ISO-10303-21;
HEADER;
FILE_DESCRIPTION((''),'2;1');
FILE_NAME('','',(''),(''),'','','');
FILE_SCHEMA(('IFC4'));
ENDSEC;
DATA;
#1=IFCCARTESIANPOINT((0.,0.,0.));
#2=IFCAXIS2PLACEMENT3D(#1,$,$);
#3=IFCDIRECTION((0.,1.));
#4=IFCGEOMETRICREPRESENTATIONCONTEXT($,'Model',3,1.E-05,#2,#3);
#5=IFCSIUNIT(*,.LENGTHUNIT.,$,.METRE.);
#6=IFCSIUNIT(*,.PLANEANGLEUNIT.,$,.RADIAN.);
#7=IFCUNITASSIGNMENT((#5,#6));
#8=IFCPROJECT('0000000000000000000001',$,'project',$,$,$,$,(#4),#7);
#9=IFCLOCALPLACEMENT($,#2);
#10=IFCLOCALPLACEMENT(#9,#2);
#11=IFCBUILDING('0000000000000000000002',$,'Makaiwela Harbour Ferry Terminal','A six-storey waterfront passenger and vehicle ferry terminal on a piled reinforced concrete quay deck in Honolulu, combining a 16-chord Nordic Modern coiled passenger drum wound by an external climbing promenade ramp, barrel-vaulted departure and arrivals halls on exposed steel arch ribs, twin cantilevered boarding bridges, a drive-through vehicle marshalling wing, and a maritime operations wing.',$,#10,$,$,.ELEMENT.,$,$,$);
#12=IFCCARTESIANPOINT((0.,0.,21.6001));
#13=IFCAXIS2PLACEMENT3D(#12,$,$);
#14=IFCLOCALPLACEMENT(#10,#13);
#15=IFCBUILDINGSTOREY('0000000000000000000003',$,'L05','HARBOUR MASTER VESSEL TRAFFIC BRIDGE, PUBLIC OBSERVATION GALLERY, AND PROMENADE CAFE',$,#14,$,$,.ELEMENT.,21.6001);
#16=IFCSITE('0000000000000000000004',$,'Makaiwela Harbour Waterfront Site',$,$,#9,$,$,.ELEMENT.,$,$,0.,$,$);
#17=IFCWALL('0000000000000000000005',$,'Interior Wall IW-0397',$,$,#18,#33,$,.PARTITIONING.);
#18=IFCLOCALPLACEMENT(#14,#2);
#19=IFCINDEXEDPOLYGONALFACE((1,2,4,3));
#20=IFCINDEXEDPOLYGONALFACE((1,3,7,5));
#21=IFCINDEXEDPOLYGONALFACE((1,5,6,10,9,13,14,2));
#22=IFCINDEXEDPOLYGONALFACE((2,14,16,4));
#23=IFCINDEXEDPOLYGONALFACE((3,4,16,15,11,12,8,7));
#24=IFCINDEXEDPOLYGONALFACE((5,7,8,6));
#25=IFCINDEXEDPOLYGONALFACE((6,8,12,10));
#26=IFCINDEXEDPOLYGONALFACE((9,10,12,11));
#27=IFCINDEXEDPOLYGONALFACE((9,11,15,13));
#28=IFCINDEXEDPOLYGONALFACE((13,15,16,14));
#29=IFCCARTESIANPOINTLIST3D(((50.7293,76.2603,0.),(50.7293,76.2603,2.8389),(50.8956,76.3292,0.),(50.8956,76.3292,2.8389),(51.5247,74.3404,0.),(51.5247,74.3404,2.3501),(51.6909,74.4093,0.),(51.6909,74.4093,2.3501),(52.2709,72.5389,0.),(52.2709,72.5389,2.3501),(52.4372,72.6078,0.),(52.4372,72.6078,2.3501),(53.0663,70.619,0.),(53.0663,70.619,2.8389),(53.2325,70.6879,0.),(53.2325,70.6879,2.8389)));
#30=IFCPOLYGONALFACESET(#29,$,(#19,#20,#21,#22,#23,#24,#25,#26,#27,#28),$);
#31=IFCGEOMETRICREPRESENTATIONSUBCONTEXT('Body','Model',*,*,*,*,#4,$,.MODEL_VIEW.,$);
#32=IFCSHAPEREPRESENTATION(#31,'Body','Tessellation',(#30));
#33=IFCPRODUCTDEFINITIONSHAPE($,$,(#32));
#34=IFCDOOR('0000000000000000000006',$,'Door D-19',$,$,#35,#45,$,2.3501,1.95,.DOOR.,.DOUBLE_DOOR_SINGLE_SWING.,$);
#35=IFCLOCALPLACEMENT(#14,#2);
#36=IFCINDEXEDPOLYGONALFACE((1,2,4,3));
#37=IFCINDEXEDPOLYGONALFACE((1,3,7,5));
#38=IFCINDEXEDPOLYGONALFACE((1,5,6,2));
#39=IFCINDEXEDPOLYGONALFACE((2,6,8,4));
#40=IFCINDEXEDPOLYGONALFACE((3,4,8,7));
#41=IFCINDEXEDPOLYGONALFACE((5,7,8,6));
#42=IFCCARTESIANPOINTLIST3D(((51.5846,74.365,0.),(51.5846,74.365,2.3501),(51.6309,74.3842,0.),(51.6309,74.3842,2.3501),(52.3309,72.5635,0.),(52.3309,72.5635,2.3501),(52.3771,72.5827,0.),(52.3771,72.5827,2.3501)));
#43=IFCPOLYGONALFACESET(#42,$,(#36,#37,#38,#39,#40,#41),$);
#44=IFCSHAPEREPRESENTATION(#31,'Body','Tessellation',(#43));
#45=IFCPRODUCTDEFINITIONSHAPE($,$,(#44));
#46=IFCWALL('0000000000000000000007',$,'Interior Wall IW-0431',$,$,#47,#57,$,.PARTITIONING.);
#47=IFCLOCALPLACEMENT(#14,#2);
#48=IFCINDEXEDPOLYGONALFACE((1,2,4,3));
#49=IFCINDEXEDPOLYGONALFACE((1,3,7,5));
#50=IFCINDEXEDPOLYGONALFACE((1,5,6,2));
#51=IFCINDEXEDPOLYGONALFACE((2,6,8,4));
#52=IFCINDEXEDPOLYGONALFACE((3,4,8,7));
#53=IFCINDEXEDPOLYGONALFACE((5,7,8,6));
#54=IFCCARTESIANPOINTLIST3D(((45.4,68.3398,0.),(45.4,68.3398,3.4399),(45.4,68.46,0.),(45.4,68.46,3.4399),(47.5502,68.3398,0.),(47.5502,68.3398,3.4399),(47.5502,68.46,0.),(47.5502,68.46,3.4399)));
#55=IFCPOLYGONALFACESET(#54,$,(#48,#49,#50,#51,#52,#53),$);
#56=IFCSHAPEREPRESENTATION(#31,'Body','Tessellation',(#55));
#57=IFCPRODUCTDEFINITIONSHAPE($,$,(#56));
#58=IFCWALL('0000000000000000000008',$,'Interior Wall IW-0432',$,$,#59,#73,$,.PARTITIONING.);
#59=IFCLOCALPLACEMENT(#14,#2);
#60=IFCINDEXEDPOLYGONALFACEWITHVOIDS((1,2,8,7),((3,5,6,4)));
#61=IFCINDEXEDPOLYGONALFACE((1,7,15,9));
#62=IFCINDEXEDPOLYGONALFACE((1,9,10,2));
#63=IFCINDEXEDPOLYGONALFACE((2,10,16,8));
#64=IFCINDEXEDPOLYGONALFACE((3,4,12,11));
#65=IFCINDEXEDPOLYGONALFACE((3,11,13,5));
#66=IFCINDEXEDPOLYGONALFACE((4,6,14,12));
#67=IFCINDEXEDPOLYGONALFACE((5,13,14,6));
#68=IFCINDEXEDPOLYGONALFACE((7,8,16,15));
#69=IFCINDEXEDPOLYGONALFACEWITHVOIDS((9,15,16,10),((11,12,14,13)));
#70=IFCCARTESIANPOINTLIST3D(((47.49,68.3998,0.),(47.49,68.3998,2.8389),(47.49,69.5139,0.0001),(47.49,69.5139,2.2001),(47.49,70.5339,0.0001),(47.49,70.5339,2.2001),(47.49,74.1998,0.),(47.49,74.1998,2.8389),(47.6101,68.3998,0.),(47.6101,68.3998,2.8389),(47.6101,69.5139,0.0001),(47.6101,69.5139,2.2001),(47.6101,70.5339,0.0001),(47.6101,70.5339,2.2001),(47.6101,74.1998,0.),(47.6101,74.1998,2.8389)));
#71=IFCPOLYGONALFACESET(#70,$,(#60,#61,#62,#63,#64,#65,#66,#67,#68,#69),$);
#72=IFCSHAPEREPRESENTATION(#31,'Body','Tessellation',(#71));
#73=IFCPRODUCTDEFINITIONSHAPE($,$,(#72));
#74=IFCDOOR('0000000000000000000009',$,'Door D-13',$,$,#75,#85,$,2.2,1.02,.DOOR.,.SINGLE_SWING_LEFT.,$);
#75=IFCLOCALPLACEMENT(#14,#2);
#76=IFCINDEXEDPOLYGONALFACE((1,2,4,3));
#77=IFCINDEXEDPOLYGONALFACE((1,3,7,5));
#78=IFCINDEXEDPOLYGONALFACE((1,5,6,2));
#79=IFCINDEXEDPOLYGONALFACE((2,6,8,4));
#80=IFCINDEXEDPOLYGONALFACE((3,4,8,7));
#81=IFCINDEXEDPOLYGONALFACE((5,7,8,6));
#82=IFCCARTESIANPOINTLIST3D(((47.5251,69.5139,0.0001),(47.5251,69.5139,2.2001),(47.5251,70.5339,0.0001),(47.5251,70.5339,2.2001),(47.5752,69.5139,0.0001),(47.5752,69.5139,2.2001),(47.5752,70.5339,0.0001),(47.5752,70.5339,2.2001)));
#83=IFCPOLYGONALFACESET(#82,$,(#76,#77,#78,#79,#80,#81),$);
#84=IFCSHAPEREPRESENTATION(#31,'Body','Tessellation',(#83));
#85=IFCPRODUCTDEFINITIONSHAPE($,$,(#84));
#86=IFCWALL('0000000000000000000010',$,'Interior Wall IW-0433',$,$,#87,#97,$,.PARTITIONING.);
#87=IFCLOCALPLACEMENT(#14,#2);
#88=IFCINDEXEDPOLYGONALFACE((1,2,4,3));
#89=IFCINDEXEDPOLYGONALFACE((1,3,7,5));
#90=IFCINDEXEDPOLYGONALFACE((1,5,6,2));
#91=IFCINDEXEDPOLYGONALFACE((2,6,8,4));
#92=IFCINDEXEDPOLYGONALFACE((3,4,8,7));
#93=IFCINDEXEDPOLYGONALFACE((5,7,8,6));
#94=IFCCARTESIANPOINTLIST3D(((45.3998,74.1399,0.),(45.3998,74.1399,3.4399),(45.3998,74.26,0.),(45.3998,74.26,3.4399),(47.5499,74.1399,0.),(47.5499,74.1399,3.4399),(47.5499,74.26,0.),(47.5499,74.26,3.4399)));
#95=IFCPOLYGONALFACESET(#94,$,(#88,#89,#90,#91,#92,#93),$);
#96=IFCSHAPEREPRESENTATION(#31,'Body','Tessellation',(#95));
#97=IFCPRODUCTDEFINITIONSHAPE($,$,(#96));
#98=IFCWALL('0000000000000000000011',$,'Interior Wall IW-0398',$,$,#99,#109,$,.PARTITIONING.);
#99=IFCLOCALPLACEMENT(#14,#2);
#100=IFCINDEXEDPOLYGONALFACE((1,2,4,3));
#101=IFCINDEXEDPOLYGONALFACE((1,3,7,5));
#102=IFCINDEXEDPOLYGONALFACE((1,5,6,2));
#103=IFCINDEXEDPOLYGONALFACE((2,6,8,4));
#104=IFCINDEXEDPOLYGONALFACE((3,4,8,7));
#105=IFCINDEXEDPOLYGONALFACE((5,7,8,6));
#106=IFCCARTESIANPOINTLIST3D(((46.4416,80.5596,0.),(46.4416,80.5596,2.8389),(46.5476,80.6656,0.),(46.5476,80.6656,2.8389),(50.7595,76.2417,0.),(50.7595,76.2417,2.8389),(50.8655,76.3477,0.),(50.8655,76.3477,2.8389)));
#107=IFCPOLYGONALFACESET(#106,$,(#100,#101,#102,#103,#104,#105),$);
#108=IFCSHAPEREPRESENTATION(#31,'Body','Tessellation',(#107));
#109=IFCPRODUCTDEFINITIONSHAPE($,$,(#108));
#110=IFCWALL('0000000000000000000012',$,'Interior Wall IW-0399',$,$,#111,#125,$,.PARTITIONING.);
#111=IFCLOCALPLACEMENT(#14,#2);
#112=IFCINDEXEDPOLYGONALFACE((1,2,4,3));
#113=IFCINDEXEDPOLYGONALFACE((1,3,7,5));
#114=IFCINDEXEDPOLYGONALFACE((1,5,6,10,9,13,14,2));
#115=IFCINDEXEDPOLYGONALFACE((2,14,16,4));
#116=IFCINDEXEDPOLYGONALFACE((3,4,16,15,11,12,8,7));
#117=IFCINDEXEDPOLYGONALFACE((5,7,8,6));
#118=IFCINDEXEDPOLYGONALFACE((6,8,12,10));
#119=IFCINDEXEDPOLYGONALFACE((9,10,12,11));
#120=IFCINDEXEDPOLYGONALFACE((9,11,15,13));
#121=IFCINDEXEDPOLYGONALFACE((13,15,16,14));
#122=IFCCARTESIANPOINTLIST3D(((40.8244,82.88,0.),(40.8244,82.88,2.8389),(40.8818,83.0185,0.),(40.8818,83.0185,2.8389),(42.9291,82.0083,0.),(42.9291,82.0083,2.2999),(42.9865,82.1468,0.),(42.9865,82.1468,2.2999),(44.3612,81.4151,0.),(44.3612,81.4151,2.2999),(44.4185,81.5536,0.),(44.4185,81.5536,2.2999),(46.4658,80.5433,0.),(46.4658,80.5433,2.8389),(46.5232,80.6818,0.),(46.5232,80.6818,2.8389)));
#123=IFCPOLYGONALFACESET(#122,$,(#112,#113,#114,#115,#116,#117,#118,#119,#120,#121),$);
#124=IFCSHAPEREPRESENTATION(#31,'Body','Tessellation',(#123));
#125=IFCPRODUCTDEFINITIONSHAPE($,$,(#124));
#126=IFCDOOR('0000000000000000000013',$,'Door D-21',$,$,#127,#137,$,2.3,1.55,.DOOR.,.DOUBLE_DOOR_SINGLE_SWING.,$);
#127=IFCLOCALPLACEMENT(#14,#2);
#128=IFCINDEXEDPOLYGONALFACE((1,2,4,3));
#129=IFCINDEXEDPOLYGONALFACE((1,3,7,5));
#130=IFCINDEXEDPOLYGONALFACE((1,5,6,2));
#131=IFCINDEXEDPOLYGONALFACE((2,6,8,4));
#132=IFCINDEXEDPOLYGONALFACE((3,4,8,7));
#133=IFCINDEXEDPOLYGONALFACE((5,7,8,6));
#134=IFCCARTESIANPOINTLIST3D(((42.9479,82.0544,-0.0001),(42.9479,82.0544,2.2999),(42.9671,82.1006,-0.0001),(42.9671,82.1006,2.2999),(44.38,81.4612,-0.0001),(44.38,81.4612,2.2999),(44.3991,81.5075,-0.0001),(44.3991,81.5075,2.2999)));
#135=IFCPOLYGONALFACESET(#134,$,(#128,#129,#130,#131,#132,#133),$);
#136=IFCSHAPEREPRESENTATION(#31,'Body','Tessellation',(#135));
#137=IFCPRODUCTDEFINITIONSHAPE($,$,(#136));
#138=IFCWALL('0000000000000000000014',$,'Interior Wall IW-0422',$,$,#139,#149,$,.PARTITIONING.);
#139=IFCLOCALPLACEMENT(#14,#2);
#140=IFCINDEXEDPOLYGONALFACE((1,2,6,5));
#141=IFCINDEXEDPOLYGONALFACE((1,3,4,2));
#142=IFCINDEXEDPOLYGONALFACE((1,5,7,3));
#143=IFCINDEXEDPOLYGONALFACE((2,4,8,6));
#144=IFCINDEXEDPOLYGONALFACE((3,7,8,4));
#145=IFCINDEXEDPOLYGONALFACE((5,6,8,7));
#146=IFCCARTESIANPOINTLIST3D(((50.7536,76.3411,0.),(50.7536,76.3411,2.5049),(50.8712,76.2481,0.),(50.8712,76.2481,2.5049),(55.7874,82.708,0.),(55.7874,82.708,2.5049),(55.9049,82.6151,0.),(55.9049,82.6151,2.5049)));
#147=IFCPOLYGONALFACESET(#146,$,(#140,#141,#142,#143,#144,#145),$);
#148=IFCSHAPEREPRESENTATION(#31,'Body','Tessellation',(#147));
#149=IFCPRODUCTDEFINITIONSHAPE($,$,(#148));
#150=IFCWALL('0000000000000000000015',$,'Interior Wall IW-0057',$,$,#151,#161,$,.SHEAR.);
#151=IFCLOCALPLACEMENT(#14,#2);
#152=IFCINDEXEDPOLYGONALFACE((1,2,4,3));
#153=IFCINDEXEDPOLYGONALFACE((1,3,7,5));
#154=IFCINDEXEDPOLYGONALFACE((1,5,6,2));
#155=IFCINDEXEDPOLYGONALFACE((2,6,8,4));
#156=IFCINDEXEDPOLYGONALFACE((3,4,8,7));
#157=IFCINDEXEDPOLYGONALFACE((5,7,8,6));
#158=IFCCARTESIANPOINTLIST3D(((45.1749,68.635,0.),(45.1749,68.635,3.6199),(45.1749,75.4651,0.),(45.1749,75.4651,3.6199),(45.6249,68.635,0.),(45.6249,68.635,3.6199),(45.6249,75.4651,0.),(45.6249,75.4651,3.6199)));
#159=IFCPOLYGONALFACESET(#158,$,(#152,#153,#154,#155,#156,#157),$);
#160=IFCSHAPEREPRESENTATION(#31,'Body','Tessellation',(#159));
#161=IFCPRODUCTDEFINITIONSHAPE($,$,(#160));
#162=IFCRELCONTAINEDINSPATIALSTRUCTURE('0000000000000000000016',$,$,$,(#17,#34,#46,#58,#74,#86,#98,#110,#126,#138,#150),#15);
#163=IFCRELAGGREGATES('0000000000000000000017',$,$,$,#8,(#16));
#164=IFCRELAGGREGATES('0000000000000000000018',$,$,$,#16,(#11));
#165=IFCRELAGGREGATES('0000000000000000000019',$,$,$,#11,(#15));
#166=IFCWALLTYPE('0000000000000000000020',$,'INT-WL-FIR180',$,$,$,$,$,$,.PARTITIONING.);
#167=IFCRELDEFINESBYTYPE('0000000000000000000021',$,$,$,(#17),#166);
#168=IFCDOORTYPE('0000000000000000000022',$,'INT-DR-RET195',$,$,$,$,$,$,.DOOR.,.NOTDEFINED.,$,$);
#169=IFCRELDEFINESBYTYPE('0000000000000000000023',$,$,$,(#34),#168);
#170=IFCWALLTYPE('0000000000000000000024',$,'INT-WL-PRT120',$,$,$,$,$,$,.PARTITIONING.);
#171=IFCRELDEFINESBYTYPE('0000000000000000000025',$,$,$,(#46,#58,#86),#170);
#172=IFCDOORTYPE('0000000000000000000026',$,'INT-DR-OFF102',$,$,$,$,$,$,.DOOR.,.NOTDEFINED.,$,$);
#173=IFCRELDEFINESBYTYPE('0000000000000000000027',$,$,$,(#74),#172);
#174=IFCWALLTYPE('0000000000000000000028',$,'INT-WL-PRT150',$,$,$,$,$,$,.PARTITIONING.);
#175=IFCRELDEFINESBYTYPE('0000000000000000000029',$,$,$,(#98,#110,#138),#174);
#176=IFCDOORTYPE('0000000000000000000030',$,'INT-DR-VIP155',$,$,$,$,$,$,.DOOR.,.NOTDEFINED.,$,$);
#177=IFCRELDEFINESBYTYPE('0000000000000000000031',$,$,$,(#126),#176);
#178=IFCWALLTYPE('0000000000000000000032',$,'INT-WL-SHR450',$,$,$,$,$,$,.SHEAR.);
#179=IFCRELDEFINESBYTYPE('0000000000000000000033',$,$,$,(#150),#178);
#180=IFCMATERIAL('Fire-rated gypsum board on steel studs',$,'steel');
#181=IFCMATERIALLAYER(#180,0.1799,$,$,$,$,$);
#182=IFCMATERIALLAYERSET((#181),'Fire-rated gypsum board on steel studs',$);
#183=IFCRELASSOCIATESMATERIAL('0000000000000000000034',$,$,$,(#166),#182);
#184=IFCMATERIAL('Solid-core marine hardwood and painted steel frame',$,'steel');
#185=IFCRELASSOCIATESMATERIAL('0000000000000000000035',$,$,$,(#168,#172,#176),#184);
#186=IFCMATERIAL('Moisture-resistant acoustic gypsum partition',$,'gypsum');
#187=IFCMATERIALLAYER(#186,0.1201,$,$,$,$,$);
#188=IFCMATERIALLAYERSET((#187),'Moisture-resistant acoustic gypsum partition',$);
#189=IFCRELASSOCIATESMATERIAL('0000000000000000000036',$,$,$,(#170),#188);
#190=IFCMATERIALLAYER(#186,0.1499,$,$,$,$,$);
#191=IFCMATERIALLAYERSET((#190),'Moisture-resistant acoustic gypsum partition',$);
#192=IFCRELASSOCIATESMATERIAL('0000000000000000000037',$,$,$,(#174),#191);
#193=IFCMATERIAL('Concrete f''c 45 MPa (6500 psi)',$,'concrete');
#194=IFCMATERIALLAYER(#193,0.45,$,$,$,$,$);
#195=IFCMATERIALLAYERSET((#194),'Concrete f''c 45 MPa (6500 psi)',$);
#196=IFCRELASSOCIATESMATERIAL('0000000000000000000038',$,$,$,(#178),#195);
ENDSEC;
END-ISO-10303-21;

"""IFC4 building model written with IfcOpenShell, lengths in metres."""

from ifc_helpers import new_model, si_unit, direction, frame, frame_2d, origin, place, context, subcontext, project, spatial, rectangle, extrude, material, layer, layer_set, type_object, element, fill, save


model = new_model("IFC4")

# Units and contexts
model_context = context("Model", 3, precision=1e-05, world=origin(), true_north=direction((0.0, 1.0)))
body_context = subcontext(model_context, "Body", "Model", "MODEL_VIEW")
ifc_project = project(units=[si_unit("LENGTHUNIT", "METRE"), si_unit("PLANEANGLEUNIT", "RADIAN")], contexts=[model_context])

# Site, building, storey
site_placement = place(None, origin())
site = spatial("IfcSite", under=ifc_project, at=site_placement, Name="Makaiwela Harbour Waterfront Site", CompositionType="ELEMENT", RefElevation=0.0)
building_placement = place(site_placement, origin())
building = spatial("IfcBuilding", under=site, at=building_placement, Name="Makaiwela Harbour Ferry Terminal", Description="A six-storey waterfront passenger and vehicle ferry terminal on a piled reinforced concrete quay deck in Honolulu, combining a 16-chord Nordic Modern coiled passenger drum wound by an external climbing promenade ramp, barrel-vaulted departure and arrivals halls on exposed steel arch ribs, twin cantilevered boarding bridges, a drive-through vehicle marshalling wing, and a maritime operations wing.", CompositionType="ELEMENT")
storey_placement = place(building_placement, frame((0.0, 0.0, 21.6001)))
storey = spatial("IfcBuildingStorey", under=building, at=storey_placement, Name="L05", Description="HARBOUR MASTER VESSEL TRAFFIC BRIDGE, PUBLIC OBSERVATION GALLERY, AND PROMENADE CAFE", CompositionType="ELEMENT", Elevation=21.6001)

# Wall, opening, door
ifc_material_1 = material(Name="Fire-rated gypsum board on steel studs", Category="steel")
ifc_layer_1 = layer(ifc_material_1, 0.1799)
ifc_layer_set_1 = layer_set([ifc_layer_1], Name="Fire-rated gypsum board on steel studs")
wall_type_1 = type_object("IfcWallType", Name="INT-WL-FIR180", PredefinedType="PARTITIONING", material=ifc_layer_set_1)
wall_1_placement = place(storey_placement, frame((53.1494, 70.6533, 0.0), z_axis=(0.0, 0.0, 1.0), x_axis=(-0.38271, 0.923869, 0.0)))
wall_1 = element("IfcWall", 1, at=wall_1_placement, inside=storey, type_object=wall_type_1, Name="Interior Wall IW-0397", PredefinedType="PARTITIONING", context=body_context, shape_type="SweptSolid", body=[
    extrude(rectangle(XDim=6.1062, YDim=0.1799, at=frame_2d((3.0532, 0.0))), origin(), (0.0, 0.0, 1.0), 2.8389),
])
opening_1_placement = place(wall_1_placement, frame((2.0781, 0.0, 0.0)))
opening_1 = element("IfcOpeningElement", 2, at=opening_1_placement, cuts=wall_1, PredefinedType="OPENING", context=body_context, shape_type="SweptSolid", body=[
    extrude(rectangle(XDim=1.95, YDim=2.3501, at=frame_2d((0.9751, 1.175))), frame((0.0, 0.0999, 0.0), z_axis=(0.0, -1.0, 0.0), x_axis=(1.0, 0.0, 0.0)), (0.0, 0.0, 1.0), 0.2),
])
ifc_material_2 = material(Name="Solid-core marine hardwood and painted steel frame", Category="steel")
door_type_1 = type_object("IfcDoorType", Name="INT-DR-RET195", OperationType="NOTDEFINED", PredefinedType="DOOR", material=ifc_material_2)
door_1_placement = place(opening_1_placement, frame((1.95, 0.0, 0.0), z_axis=(0.0, 0.0, 1.0), x_axis=(-1.0, 0.0, 0.0)))
door_1 = element("IfcDoor", 3, at=door_1_placement, inside=storey, type_object=door_type_1, Name="Door D-19", OperationType="DOUBLE_DOOR_SINGLE_SWING", OverallHeight=2.3501, OverallWidth=1.95, PredefinedType="DOOR", context=body_context, shape_type="SweptSolid", body=[
    extrude(rectangle(XDim=1.95, YDim=2.3501, at=frame_2d((0.9751, 1.175))), frame((0.0, 0.0249, 0.0), z_axis=(0.0, -1.0, 0.0), x_axis=(1.0, 0.0, 0.0)), (0.0, 0.0, 1.0), 0.05),
])
fill(opening_1, door_1)

# Wall
ifc_material_3 = material(Name="Moisture-resistant acoustic gypsum partition", Category="gypsum")
ifc_layer_2 = layer(ifc_material_3, 0.1201)
ifc_layer_set_2 = layer_set([ifc_layer_2], Name="Moisture-resistant acoustic gypsum partition")
wall_type_2 = type_object("IfcWallType", Name="INT-WL-PRT120", PredefinedType="PARTITIONING", material=ifc_layer_set_2)
wall_2_placement = place(storey_placement, frame((45.3999, 68.3999, 0.0), z_axis=(0.0, 0.0, 1.0), x_axis=(1.0, 0.0, 0.0)))
element("IfcWall", 4, at=wall_2_placement, inside=storey, type_object=wall_type_2, Name="Interior Wall IW-0431", PredefinedType="PARTITIONING", context=body_context, shape_type="SweptSolid", body=[
    extrude(rectangle(XDim=2.1501, YDim=0.1201, at=frame_2d((1.0752, 0.0))), origin(), (0.0, 0.0, 1.0), 3.4399),
])

# Wall, opening, door
wall_3_placement = place(storey_placement, frame((47.55, 68.3999, 0.0), z_axis=(0.0, 0.0, 1.0), x_axis=(0.0, 1.0, 0.0)))
wall_3 = element("IfcWall", 5, at=wall_3_placement, inside=storey, type_object=wall_type_2, Name="Interior Wall IW-0432", PredefinedType="PARTITIONING", context=body_context, shape_type="SweptSolid", body=[
    extrude(rectangle(XDim=5.8, YDim=0.1201, at=frame_2d((2.8999, 0.0))), origin(), (0.0, 0.0, 1.0), 2.8389),
])
opening_2_placement = place(wall_3_placement, frame((1.114, 0.0, 0.0)))
opening_2 = element("IfcOpeningElement", 6, at=opening_2_placement, cuts=wall_3, PredefinedType="OPENING", context=body_context, shape_type="SweptSolid", body=[
    extrude(rectangle(XDim=1.02, YDim=2.2, at=frame_2d((0.51, 1.1001))), frame((0.0, 0.0701, 0.0), z_axis=(0.0, -1.0, 0.0), x_axis=(1.0, 0.0, 0.0)), (0.0, 0.0, 1.0), 0.1401),
])
door_type_2 = type_object("IfcDoorType", Name="INT-DR-OFF102", OperationType="NOTDEFINED", PredefinedType="DOOR", material=ifc_material_2)
door_2_placement = place(opening_2_placement, origin())
door_2 = element("IfcDoor", 7, at=door_2_placement, inside=storey, type_object=door_type_2, Name="Door D-13", OperationType="SINGLE_SWING_LEFT", OverallHeight=2.2, OverallWidth=1.02, PredefinedType="DOOR", context=body_context, shape_type="SweptSolid", body=[
    extrude(rectangle(XDim=1.02, YDim=2.2, at=frame_2d((0.51, 1.1001))), frame((0.0, 0.0249, 0.0), z_axis=(0.0, -1.0, 0.0), x_axis=(1.0, 0.0, 0.0)), (0.0, 0.0, 1.0), 0.05),
])
fill(opening_2, door_2)

# Walls
wall_4_placement = place(storey_placement, frame((47.55, 74.2, 0.0), z_axis=(0.0, 0.0, 1.0), x_axis=(-1.0, 0.0, 0.0)))
element("IfcWall", 8, at=wall_4_placement, inside=storey, type_object=wall_type_2, Name="Interior Wall IW-0433", PredefinedType="PARTITIONING", context=body_context, shape_type="SweptSolid", body=[
    extrude(rectangle(XDim=2.1501, YDim=0.1201, at=frame_2d((1.0752, 0.0))), origin(), (0.0, 0.0, 1.0), 3.4399),
])
ifc_layer_3 = layer(ifc_material_3, 0.1499)
ifc_layer_set_3 = layer_set([ifc_layer_3], Name="Moisture-resistant acoustic gypsum partition")
wall_type_3 = type_object("IfcWallType", Name="INT-WL-PRT150", PredefinedType="PARTITIONING", material=ifc_layer_set_3)
wall_5_placement = place(storey_placement, frame((50.8125, 76.2947, 0.0), z_axis=(0.0, 0.0, 1.0), x_axis=(-0.707107, 0.707107, 0.0)))
element("IfcWall", 9, at=wall_5_placement, inside=storey, type_object=wall_type_3, Name="Interior Wall IW-0398", PredefinedType="PARTITIONING", context=body_context, shape_type="SweptSolid", body=[
    extrude(rectangle(XDim=6.1064, YDim=0.1499, at=frame_2d((3.0532, 0.0))), origin(), (0.0, 0.0, 1.0), 2.8389),
])

# Wall, opening, door
wall_6_placement = place(storey_placement, frame((46.4946, 80.6125, 0.0), z_axis=(0.0, 0.0, 1.0), x_axis=(-0.923883, 0.382675, 0.0)))
wall_6 = element("IfcWall", 10, at=wall_6_placement, inside=storey, type_object=wall_type_3, Name="Interior Wall IW-0399", PredefinedType="PARTITIONING", context=body_context, shape_type="SweptSolid", body=[
    extrude(rectangle(XDim=6.1062, YDim=0.1499, at=frame_2d((3.0532, 0.0))), origin(), (0.0, 0.0, 1.0), 2.8389),
])
opening_3_placement = place(wall_6_placement, frame((2.2783, 0.0, 0.0)))
opening_3 = element("IfcOpeningElement", 11, at=opening_3_placement, cuts=wall_6, PredefinedType="OPENING", context=body_context, shape_type="SweptSolid", body=[
    extrude(rectangle(XDim=1.55, YDim=2.3, at=frame_2d((0.7749, 1.1499))), frame((0.0, 0.085, 0.0), z_axis=(0.0, -1.0, 0.0), x_axis=(1.0, 0.0, 0.0)), (0.0, 0.0, 1.0), 0.1699),
])
door_type_3 = type_object("IfcDoorType", Name="INT-DR-VIP155", OperationType="NOTDEFINED", PredefinedType="DOOR", material=ifc_material_2)
door_3_placement = place(opening_3_placement, frame((1.55, 0.0, 0.0), z_axis=(0.0, 0.0, 1.0), x_axis=(-1.0, 0.0, 0.0)))
door_3 = element("IfcDoor", 12, at=door_3_placement, inside=storey, type_object=door_type_3, Name="Door D-21", OperationType="DOUBLE_DOOR_SINGLE_SWING", OverallHeight=2.3, OverallWidth=1.55, PredefinedType="DOOR", context=body_context, shape_type="SweptSolid", body=[
    extrude(rectangle(XDim=1.55, YDim=2.3, at=frame_2d((0.7749, 1.1499))), frame((0.0, 0.0249, 0.0), z_axis=(0.0, -1.0, 0.0), x_axis=(1.0, 0.0, 0.0)), (0.0, 0.0, 1.0), 0.05),
])
fill(opening_3, door_3)

# Walls
wall_7_placement = place(storey_placement, frame((50.8125, 76.2947, 0.0), z_axis=(0.0, 0.0, 1.0), x_axis=(0.620187, 0.784454, 0.0)))
element("IfcWall", 13, at=wall_7_placement, inside=storey, type_object=wall_type_3, Name="Interior Wall IW-0422", PredefinedType="PARTITIONING", context=body_context, shape_type="SweptSolid", body=[
    extrude(rectangle(XDim=8.1165, YDim=0.1499, at=frame_2d((4.0581, 0.0))), origin(), (0.0, 0.0, 1.0), 2.5049),
])
ifc_material_4 = material(Name="Concrete f'c 45 MPa (6500 psi)", Category="concrete")
ifc_layer_4 = layer(ifc_material_4, 0.45)
ifc_layer_set_4 = layer_set([ifc_layer_4], Name="Concrete f'c 45 MPa (6500 psi)")
wall_type_4 = type_object("IfcWallType", Name="INT-WL-SHR450", PredefinedType="SHEAR", material=ifc_layer_set_4)
wall_8_placement = place(storey_placement, frame((45.3999, 68.635, 0.0), z_axis=(0.0, 0.0, 1.0), x_axis=(0.0, 1.0, 0.0)))
element("IfcWall", 14, at=wall_8_placement, inside=storey, type_object=wall_type_4, Name="Interior Wall IW-0057", PredefinedType="SHEAR", context=body_context, shape_type="SweptSolid", body=[
    extrude(rectangle(XDim=6.8301, YDim=0.45, at=frame_2d((3.415, 0.0))), origin(), (0.0, 0.0, 1.0), 3.6199),
])

save(model, "model.ifc")
